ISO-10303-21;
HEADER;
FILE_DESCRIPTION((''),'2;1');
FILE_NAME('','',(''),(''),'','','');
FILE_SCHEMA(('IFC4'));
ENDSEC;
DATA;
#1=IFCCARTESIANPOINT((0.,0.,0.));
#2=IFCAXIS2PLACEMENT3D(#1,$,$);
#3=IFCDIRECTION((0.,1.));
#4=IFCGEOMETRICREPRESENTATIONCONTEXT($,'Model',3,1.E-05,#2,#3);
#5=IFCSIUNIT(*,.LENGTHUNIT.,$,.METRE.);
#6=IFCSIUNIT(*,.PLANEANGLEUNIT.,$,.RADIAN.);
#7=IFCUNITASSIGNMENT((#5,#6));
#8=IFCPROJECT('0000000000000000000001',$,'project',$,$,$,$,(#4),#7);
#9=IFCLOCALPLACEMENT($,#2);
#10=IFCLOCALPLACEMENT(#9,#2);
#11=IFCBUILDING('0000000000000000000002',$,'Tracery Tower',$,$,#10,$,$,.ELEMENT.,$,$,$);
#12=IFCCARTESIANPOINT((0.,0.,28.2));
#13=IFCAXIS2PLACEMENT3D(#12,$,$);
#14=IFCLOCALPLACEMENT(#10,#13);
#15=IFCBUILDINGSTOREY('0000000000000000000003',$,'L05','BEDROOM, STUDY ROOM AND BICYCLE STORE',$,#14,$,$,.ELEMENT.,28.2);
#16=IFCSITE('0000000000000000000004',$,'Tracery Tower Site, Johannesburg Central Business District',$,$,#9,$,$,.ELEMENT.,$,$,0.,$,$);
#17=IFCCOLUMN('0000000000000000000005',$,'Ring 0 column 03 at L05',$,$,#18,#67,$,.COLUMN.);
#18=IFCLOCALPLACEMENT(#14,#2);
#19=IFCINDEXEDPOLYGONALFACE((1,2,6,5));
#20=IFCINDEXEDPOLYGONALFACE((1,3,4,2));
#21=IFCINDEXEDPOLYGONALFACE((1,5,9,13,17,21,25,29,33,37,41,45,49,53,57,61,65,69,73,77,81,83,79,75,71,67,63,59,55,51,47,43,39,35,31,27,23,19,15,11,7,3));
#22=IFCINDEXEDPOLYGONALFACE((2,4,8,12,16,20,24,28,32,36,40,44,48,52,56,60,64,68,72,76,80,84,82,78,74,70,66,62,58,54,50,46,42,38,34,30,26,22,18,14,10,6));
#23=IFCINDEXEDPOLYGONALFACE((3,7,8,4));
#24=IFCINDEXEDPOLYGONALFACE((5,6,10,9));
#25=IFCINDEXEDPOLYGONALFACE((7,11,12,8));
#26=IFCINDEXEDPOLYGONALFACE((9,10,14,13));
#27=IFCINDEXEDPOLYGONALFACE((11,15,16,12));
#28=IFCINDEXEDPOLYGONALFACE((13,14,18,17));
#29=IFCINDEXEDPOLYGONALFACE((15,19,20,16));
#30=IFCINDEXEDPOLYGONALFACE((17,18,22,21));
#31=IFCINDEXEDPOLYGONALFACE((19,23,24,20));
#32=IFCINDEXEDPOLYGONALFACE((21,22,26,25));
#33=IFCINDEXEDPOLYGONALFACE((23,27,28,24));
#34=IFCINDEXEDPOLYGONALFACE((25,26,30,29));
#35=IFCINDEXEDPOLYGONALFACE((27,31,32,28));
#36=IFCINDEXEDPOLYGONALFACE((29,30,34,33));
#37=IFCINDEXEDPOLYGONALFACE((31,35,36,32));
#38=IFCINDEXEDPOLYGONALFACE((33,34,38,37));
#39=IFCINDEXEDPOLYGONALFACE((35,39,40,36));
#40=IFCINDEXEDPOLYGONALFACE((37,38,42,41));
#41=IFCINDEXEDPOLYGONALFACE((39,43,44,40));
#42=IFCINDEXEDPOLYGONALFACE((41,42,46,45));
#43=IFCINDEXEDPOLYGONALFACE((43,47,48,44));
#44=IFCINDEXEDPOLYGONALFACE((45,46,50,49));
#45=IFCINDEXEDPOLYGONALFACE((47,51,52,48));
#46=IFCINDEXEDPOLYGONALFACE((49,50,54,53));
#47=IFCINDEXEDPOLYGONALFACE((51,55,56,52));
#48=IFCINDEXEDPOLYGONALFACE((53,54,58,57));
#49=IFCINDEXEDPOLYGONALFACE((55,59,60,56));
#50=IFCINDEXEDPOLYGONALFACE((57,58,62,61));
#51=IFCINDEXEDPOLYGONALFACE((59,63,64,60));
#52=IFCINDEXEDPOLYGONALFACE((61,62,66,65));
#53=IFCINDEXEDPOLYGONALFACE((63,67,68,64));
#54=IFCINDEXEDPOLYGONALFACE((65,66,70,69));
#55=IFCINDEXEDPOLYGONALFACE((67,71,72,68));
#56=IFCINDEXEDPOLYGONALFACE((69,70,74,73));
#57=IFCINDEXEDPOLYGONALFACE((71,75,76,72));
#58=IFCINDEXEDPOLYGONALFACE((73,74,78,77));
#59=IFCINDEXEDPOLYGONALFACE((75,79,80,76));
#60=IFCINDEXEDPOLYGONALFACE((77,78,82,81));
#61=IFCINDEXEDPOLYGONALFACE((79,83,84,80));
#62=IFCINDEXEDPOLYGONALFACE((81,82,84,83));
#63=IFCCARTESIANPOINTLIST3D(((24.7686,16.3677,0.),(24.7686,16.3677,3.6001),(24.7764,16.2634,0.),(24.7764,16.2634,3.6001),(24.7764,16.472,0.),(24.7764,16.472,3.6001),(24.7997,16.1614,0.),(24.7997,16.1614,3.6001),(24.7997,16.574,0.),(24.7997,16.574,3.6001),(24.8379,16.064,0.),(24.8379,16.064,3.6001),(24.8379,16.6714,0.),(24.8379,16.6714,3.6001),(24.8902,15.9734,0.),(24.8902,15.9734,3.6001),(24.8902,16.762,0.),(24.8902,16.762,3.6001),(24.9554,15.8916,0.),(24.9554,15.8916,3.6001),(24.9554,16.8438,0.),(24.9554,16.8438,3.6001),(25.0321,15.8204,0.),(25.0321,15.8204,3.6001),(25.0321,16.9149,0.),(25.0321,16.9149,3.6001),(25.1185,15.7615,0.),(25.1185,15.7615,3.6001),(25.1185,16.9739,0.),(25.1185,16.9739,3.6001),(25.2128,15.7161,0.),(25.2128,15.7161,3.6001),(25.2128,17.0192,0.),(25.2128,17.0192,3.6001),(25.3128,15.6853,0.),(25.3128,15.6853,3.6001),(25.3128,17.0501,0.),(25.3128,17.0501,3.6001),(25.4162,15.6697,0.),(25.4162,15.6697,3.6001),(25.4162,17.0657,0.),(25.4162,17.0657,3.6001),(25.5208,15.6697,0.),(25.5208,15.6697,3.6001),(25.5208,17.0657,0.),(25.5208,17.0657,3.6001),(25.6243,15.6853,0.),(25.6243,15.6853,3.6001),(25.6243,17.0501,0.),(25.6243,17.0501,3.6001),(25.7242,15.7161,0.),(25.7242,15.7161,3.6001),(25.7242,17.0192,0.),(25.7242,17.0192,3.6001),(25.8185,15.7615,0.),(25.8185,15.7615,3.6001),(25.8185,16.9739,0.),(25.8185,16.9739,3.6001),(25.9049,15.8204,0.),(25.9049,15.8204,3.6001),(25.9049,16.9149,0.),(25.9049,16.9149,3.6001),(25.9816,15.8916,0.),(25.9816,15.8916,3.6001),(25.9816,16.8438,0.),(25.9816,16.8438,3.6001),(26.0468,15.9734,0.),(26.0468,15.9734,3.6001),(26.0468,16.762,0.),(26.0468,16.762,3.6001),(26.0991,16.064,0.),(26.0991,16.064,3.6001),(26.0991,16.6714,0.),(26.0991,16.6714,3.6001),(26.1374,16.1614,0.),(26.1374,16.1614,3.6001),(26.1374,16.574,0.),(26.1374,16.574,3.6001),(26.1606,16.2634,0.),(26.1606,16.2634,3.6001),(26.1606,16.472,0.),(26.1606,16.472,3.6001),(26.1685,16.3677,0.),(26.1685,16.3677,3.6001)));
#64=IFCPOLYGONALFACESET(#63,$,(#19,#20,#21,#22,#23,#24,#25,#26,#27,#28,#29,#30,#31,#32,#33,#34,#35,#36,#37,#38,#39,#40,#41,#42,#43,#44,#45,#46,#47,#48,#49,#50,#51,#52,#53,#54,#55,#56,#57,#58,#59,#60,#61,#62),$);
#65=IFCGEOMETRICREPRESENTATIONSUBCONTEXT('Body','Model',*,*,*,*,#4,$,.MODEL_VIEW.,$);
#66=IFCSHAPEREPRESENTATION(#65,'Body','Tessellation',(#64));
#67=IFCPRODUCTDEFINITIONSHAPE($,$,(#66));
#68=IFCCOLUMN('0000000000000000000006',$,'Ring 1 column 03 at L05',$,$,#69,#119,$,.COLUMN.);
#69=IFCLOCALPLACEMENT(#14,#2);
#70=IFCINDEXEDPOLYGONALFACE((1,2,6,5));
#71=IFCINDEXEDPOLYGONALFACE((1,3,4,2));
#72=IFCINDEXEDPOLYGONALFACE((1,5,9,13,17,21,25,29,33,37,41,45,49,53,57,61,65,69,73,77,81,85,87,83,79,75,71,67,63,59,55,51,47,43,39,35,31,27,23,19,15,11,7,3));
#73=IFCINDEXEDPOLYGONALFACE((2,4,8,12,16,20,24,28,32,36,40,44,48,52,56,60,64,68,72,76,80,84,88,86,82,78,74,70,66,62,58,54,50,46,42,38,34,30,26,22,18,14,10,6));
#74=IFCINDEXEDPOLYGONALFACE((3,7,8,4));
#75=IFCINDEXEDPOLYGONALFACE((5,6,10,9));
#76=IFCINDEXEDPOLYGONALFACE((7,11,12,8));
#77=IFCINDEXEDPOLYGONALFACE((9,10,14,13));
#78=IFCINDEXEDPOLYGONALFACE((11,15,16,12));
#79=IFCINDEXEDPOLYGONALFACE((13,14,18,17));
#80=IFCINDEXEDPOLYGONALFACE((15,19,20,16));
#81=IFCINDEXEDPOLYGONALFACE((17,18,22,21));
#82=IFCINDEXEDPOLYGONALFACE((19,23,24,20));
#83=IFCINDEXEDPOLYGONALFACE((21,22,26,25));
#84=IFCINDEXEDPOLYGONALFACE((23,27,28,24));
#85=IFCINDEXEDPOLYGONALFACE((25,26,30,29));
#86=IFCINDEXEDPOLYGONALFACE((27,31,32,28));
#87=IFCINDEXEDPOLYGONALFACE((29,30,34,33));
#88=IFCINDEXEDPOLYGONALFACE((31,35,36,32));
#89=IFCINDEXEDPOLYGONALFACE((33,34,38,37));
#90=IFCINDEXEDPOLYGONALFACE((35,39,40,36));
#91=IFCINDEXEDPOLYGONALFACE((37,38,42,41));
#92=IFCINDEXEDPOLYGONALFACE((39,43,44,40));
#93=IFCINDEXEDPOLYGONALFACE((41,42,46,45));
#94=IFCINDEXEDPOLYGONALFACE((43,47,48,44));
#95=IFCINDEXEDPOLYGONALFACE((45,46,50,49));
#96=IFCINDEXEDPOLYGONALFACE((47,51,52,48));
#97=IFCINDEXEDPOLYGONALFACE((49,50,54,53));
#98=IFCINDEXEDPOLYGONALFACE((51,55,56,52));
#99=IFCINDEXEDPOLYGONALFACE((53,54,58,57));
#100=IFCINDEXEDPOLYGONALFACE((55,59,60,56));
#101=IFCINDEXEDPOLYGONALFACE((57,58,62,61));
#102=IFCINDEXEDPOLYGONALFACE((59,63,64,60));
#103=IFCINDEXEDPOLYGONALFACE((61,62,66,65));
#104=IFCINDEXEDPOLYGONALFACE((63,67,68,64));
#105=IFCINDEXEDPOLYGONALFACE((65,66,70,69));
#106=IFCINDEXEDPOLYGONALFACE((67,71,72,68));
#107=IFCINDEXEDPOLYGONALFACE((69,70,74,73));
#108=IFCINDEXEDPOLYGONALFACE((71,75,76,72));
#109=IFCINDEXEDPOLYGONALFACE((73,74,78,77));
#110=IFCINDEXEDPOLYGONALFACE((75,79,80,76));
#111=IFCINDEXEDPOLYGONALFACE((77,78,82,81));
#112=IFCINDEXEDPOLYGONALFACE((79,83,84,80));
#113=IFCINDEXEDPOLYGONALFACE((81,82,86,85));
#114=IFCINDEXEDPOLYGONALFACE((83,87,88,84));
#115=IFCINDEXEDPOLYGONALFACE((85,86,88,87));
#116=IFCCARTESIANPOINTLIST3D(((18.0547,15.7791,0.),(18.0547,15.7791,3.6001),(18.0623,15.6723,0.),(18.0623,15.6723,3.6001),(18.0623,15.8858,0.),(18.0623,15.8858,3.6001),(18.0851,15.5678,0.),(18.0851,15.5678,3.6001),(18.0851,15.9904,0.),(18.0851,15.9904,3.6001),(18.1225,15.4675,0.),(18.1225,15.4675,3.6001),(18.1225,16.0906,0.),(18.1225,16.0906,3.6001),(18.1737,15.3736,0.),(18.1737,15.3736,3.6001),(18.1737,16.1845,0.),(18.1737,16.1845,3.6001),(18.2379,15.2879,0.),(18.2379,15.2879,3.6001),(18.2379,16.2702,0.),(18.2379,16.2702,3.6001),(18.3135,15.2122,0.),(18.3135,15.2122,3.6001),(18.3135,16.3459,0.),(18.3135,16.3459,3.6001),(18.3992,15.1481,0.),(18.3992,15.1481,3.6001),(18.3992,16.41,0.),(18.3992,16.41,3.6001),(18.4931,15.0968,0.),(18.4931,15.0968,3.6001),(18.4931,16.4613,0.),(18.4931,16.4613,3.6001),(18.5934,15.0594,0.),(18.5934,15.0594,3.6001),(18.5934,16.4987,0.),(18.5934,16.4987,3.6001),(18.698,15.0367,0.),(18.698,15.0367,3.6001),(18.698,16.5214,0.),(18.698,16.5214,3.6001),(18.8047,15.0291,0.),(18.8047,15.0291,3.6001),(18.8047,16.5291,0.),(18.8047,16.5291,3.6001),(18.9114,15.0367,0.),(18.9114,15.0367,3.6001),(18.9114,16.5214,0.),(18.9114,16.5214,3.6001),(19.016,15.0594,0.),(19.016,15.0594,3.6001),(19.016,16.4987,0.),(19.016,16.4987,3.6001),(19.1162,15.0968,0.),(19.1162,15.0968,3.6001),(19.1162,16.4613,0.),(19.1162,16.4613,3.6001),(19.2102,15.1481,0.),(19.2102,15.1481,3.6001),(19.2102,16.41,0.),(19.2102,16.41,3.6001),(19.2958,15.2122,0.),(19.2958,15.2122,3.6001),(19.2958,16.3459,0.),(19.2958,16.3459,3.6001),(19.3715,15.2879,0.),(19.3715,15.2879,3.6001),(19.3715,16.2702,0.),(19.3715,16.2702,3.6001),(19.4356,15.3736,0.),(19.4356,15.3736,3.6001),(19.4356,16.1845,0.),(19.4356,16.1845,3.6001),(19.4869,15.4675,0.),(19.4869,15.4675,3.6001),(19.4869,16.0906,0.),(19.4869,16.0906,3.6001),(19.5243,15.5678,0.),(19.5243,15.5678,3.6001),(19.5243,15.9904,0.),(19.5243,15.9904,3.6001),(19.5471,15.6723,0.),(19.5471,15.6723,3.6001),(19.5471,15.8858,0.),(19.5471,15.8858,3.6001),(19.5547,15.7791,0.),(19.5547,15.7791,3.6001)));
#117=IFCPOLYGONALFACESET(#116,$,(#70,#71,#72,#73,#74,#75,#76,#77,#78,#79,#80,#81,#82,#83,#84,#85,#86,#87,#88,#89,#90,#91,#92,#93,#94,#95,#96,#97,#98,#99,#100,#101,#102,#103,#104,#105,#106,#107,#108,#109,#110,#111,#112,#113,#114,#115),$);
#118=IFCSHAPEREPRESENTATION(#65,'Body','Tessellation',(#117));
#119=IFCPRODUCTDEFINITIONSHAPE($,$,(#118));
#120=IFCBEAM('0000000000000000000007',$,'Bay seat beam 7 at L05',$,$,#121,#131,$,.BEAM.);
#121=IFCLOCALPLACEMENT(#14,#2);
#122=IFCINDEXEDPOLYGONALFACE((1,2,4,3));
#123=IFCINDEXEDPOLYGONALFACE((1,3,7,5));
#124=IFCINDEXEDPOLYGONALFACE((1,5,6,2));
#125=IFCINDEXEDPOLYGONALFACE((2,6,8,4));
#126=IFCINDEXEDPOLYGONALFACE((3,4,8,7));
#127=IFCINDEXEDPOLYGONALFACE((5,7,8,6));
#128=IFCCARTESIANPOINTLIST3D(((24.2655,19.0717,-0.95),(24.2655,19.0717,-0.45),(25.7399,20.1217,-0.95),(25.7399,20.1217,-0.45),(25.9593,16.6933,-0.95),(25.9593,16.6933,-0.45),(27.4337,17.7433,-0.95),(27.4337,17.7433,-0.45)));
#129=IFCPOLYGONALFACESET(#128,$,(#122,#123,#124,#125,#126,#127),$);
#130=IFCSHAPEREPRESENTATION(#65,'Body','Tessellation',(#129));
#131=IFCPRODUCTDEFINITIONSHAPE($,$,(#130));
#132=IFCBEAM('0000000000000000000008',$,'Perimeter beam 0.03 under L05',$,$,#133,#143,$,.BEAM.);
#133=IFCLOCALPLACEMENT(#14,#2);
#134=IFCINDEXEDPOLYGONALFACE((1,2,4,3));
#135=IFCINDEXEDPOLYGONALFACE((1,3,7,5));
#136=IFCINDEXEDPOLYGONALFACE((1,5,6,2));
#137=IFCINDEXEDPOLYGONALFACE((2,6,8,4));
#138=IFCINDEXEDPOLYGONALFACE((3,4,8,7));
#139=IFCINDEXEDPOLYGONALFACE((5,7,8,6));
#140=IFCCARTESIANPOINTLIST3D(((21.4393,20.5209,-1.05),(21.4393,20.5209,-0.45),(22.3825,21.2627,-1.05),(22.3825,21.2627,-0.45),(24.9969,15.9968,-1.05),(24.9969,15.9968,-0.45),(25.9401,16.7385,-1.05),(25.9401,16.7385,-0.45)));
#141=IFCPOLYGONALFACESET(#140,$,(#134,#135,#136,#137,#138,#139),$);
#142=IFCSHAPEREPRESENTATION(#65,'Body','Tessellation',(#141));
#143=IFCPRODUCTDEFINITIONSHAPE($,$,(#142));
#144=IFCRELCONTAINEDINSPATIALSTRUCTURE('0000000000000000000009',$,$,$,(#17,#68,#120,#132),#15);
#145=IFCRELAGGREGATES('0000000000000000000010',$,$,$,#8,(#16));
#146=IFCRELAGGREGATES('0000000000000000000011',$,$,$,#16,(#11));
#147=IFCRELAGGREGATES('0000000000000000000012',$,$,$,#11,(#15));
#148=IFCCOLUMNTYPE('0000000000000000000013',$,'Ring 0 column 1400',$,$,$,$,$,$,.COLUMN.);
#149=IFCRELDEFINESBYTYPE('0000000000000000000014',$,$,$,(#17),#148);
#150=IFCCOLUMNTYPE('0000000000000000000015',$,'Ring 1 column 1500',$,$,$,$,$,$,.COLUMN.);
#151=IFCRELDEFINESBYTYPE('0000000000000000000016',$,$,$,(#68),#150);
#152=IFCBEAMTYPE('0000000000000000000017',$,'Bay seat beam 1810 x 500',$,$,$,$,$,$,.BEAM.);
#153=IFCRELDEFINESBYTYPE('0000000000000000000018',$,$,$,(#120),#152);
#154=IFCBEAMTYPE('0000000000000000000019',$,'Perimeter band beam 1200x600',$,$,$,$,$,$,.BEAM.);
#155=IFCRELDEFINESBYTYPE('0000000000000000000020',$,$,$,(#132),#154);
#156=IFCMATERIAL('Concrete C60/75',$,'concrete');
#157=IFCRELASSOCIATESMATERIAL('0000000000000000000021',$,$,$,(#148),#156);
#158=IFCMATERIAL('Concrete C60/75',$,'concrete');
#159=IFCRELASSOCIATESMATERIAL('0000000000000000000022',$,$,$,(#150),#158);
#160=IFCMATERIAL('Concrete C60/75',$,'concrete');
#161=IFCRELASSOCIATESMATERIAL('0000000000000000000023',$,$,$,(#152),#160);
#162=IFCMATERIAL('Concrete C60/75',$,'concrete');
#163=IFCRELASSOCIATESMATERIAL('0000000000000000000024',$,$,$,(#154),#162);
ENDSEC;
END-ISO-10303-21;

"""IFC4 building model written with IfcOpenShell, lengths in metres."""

from ifc_helpers import new_model, si_unit, direction, frame, origin, origin_2d, place, context, subcontext, project, spatial, rectangle, circle, extrude, material, material_profile, profile_set, type_object, element, save


model = new_model("IFC4")

# Units and contexts
model_context = context("Model", 3, precision=1e-05, world=origin(), true_north=direction((0.0, 1.0)))
body_context = subcontext(model_context, "Body", "Model", "MODEL_VIEW")
ifc_project = project(units=[si_unit("LENGTHUNIT", "METRE"), si_unit("PLANEANGLEUNIT", "RADIAN")], contexts=[model_context])

# Site, building, storey
site_placement = place(None, origin())
site = spatial("IfcSite", under=ifc_project, at=site_placement, Name="Tracery Tower Site, Johannesburg Central Business District", CompositionType="ELEMENT", RefElevation=0.0)
building_placement = place(site_placement, origin())
building = spatial("IfcBuilding", under=site, at=building_placement, Name="Tracery Tower", CompositionType="ELEMENT")
storey_placement = place(building_placement, frame((0.0, 0.0, 28.2)))
storey = spatial("IfcBuildingStorey", under=building, at=storey_placement, Name="L05", Description="BEDROOM, STUDY ROOM AND BICYCLE STORE", CompositionType="ELEMENT", Elevation=28.2)

# Columns
ifc_material_1 = material(Name="Concrete C60/75", Category="concrete")
ifc_material_profile_1 = material_profile(ifc_material_1, circle(Radius=0.7, at=origin_2d()), Name="RC D1400")
ifc_profile_set_1 = profile_set([ifc_material_profile_1], Name="Concrete C60/75")
column_type_1 = type_object("IfcColumnType", Name="Ring 0 column 1400", PredefinedType="COLUMN", material=ifc_profile_set_1)
column_1_placement = place(storey_placement, frame((25.4685, 16.3677, 0.0), z_axis=(0.0, 0.0, 1.0), x_axis=(1.0, 0.0, 0.0)))
element("IfcColumn", 1, at=column_1_placement, inside=storey, type_object=column_type_1, Name="Ring 0 column 03 at L05", PredefinedType="COLUMN", context=body_context, shape_type="SweptSolid", body=[
    extrude(circle(Radius=0.7, at=origin_2d()), origin(), (0.0, 0.0, 1.0), 3.6001),
])
ifc_material_2 = material(Name="Concrete C60/75", Category="concrete")
ifc_material_profile_2 = material_profile(ifc_material_2, circle(Radius=0.75, at=origin_2d()), Name="RC D1500")
ifc_profile_set_2 = profile_set([ifc_material_profile_2], Name="Concrete C60/75")
column_type_2 = type_object("IfcColumnType", Name="Ring 1 column 1500", PredefinedType="COLUMN", material=ifc_profile_set_2)
column_2_placement = place(storey_placement, frame((18.8047, 15.7791, 0.0), z_axis=(0.0, 0.0, 1.0), x_axis=(1.0, 0.0, 0.0)))
element("IfcColumn", 2, at=column_2_placement, inside=storey, type_object=column_type_2, Name="Ring 1 column 03 at L05", PredefinedType="COLUMN", context=body_context, shape_type="SweptSolid", body=[
    extrude(circle(Radius=0.75, at=origin_2d()), origin(), (0.0, 0.0, 1.0), 3.6001),
])

# Beams
ifc_material_3 = material(Name="Concrete C60/75", Category="concrete")
ifc_material_profile_3 = material_profile(ifc_material_3, rectangle(XDim=1.8101, YDim=0.5, at=origin_2d()), Name="RC 1810x500")
ifc_profile_set_3 = profile_set([ifc_material_profile_3], Name="Concrete C60/75")
beam_type_1 = type_object("IfcBeamType", Name="Bay seat beam 1810 x 500", PredefinedType="BEAM", material=ifc_profile_set_3)
beam_1_placement = place(storey_placement, frame((26.6965, 17.2183, -0.7), z_axis=(-0.580099, 0.814546, 0.0), x_axis=(-0.814546, -0.580099, 0.0)))
element("IfcBeam", 3, at=beam_1_placement, inside=storey, type_object=beam_type_1, Name="Bay seat beam 7 at L05", PredefinedType="BEAM", context=body_context, shape_type="SweptSolid", body=[
    extrude(rectangle(XDim=1.8101, YDim=0.5, at=origin_2d()), origin(), (0.0, 0.0, 1.0), 2.9199),
])
ifc_material_4 = material(Name="Concrete C60/75", Category="concrete")
ifc_material_profile_4 = material_profile(ifc_material_4, rectangle(XDim=1.2, YDim=0.6001, at=origin_2d()), Name="RC 1200x600")
ifc_profile_set_4 = profile_set([ifc_material_profile_4], Name="Concrete C60/75")
beam_type_2 = type_object("IfcBeamType", Name="Perimeter band beam 1200x600", PredefinedType="BEAM", material=ifc_profile_set_4)
beam_2_placement = place(storey_placement, frame((25.4685, 16.3677, -0.75), z_axis=(-0.618134, 0.786072, 0.0), x_axis=(-0.786072, -0.618134, 0.0)))
element("IfcBeam", 4, at=beam_2_placement, inside=storey, type_object=beam_type_2, Name="Perimeter beam 0.03 under L05", PredefinedType="BEAM", context=body_context, shape_type="SweptSolid", body=[
    extrude(rectangle(XDim=1.2, YDim=0.6001, at=origin_2d()), origin(), (0.0, 0.0, 1.0), 5.7554),
])

save(model, "model.ifc")
